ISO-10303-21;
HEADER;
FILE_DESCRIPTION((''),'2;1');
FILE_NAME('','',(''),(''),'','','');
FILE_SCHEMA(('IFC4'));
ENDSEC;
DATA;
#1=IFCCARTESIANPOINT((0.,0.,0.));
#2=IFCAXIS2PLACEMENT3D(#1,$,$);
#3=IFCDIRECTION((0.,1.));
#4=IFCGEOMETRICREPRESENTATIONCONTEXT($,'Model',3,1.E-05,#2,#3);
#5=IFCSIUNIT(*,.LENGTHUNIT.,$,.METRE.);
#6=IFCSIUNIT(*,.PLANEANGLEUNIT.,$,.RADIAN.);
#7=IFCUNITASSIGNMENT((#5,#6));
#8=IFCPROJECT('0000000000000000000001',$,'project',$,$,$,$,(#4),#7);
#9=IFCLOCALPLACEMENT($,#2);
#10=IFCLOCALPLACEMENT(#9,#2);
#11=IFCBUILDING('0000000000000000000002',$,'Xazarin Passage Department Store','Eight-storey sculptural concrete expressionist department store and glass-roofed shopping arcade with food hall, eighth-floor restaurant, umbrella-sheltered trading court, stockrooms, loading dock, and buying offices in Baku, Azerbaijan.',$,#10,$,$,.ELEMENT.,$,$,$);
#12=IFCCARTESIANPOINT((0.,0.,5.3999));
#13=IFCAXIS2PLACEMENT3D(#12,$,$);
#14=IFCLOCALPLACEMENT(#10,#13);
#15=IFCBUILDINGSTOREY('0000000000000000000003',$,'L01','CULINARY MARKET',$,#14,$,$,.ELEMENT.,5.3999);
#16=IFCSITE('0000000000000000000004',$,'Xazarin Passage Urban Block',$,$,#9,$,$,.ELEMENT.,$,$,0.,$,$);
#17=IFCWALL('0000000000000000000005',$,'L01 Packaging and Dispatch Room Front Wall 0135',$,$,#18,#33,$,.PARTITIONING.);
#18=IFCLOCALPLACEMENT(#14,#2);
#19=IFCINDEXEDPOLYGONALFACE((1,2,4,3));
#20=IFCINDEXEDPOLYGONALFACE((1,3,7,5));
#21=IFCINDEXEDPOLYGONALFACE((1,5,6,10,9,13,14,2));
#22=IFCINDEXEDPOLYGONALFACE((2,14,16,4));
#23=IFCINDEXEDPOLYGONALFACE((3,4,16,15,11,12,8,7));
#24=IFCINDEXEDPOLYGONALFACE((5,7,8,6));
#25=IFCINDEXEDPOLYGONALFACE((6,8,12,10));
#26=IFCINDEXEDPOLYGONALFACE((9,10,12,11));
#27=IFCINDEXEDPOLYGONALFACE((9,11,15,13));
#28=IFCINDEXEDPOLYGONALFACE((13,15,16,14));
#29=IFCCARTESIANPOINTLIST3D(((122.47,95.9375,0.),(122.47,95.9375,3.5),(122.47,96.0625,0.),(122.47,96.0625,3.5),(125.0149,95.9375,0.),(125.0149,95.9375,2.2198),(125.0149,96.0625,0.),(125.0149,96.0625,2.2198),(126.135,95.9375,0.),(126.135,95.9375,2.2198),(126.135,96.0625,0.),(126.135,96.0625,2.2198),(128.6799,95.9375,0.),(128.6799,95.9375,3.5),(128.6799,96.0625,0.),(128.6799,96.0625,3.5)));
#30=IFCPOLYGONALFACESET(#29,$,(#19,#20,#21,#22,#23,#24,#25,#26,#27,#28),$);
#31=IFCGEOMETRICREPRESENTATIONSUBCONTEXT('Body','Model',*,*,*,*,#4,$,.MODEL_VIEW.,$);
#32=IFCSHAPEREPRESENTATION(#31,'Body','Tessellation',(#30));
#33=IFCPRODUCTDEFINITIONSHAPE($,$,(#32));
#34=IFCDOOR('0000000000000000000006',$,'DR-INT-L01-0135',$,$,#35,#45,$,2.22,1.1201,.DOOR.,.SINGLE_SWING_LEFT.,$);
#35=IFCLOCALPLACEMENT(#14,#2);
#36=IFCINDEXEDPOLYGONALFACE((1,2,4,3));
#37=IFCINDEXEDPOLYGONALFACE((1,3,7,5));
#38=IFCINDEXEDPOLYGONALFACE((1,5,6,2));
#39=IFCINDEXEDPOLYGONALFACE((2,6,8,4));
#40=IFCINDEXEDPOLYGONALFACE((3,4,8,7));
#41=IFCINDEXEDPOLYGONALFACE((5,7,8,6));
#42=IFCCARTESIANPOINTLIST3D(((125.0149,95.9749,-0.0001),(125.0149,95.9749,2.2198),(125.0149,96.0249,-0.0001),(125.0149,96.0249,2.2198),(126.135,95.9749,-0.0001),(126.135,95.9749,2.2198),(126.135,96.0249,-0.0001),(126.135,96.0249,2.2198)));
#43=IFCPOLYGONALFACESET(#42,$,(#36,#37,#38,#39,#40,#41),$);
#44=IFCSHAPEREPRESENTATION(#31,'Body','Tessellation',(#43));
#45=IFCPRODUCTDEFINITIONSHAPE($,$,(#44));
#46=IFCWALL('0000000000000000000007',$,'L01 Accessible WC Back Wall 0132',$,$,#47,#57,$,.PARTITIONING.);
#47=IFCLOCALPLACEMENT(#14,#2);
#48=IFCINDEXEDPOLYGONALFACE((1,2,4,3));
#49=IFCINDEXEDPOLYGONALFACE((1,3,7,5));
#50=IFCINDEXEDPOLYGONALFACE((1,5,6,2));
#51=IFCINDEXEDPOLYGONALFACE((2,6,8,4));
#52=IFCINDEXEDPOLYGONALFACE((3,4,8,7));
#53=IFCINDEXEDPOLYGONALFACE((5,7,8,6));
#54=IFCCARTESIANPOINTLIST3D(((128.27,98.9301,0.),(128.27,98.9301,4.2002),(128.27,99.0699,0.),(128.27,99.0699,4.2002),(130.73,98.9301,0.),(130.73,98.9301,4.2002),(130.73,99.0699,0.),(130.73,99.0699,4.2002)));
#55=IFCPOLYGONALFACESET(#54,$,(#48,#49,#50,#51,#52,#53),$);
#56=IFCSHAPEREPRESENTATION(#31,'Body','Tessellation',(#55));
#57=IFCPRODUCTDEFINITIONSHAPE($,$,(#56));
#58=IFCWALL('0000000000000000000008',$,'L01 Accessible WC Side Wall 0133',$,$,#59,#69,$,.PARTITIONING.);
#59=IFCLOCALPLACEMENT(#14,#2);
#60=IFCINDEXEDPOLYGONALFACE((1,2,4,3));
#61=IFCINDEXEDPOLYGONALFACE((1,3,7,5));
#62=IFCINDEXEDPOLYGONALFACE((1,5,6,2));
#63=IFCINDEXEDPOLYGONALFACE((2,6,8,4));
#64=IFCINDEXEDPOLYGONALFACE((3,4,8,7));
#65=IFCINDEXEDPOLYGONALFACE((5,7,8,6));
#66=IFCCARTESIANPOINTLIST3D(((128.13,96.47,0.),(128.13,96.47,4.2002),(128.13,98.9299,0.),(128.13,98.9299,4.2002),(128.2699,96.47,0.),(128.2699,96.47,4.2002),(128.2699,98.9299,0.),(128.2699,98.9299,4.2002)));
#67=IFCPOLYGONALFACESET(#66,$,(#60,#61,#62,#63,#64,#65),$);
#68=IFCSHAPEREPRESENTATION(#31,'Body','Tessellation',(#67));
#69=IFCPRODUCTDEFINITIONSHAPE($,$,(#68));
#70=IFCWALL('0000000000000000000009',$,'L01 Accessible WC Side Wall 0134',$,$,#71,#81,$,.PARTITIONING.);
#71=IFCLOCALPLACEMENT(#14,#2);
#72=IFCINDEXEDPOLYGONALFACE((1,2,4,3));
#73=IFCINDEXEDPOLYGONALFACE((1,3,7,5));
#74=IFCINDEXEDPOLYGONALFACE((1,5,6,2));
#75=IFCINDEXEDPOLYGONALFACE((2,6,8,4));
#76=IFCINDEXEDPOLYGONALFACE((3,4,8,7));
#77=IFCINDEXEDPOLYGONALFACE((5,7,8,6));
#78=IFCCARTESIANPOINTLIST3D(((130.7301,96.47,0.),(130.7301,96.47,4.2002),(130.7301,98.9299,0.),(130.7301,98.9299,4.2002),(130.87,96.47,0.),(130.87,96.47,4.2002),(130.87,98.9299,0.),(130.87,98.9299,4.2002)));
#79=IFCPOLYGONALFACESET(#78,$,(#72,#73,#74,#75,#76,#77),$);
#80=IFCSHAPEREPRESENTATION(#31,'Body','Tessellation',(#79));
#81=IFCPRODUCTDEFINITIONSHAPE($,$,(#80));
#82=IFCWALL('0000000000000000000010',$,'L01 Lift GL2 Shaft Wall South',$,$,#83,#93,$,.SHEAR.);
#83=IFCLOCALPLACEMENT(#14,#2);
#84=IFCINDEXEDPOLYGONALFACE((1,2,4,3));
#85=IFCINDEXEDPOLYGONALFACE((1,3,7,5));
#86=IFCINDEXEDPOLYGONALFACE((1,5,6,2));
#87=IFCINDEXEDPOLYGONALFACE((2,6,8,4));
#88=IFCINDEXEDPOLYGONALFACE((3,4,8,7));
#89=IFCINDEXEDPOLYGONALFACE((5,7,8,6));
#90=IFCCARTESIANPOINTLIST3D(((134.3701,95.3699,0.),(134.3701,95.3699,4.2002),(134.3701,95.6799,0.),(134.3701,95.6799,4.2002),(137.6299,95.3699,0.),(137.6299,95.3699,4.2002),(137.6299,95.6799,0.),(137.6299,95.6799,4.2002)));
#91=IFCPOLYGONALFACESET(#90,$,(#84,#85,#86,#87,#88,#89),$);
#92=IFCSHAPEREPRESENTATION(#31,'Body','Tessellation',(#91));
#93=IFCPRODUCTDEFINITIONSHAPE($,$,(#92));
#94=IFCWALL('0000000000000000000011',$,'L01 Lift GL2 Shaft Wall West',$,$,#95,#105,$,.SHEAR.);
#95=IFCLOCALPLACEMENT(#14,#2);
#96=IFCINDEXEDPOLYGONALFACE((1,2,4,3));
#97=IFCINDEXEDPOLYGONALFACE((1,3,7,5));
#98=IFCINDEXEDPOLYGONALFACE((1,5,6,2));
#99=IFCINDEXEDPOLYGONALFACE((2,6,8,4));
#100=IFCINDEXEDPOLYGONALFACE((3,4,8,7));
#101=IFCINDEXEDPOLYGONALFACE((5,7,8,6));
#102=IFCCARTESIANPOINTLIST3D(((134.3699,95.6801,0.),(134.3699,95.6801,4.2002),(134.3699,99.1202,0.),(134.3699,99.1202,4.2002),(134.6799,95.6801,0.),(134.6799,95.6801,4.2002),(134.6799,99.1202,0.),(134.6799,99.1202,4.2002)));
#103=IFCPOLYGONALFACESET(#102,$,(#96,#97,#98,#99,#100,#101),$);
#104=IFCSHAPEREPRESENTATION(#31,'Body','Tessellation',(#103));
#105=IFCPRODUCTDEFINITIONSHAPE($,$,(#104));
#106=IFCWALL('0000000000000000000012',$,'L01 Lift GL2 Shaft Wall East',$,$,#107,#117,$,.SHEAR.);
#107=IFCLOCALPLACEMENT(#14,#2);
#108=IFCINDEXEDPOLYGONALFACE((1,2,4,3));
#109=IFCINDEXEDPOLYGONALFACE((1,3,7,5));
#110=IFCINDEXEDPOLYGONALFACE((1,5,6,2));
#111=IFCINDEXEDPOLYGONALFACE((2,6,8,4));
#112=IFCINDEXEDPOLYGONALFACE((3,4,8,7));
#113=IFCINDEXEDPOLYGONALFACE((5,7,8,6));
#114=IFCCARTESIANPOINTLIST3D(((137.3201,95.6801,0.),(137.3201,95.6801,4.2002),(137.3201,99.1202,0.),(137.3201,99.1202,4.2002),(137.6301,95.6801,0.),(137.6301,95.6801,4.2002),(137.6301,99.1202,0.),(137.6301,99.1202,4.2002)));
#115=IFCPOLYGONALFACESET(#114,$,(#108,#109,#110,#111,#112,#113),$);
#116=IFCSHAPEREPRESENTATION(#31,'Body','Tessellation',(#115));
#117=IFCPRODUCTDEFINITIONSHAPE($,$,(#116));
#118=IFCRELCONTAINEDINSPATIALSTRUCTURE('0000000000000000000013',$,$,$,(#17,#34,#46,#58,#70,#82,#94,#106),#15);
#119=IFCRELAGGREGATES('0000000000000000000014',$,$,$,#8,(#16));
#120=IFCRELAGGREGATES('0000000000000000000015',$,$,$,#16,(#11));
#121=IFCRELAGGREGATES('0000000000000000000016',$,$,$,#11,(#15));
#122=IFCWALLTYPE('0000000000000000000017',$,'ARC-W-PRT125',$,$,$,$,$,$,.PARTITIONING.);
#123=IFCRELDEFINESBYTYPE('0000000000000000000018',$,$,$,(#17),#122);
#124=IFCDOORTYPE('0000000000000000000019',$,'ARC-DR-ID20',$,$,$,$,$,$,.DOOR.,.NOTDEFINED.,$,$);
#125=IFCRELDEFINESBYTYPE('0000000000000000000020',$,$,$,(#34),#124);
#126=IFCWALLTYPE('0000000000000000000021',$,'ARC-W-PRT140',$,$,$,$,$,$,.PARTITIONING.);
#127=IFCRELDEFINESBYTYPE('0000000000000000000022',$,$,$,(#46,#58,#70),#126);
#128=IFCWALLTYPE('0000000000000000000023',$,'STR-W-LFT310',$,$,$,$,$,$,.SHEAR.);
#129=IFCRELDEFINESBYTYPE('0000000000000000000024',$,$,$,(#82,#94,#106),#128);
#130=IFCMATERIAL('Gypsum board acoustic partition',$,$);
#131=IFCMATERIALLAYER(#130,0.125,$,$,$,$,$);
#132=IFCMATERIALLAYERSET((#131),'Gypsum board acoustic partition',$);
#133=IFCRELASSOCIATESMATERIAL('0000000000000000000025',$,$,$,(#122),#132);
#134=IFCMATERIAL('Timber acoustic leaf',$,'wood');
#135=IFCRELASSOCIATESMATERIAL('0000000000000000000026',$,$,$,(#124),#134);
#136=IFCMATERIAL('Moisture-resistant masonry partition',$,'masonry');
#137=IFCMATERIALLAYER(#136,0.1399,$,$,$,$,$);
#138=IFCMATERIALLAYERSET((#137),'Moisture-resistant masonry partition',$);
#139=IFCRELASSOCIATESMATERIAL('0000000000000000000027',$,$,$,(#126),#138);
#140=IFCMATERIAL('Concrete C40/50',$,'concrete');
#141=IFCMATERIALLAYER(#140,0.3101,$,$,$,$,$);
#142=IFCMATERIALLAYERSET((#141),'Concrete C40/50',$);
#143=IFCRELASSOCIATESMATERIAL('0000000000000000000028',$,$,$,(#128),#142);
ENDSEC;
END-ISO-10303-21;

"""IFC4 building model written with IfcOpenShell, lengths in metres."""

from ifc_helpers import new_model, si_unit, direction, frame, frame_2d, origin, place, context, subcontext, project, spatial, rectangle, extrude, material, layer, layer_set, type_object, element, fill, save


model = new_model("IFC4")

# Units and contexts
model_context = context("Model", 3, precision=1e-05, world=origin(), true_north=direction((0.0, 1.0)))
body_context = subcontext(model_context, "Body", "Model", "MODEL_VIEW")
ifc_project = project(units=[si_unit("LENGTHUNIT", "METRE"), si_unit("PLANEANGLEUNIT", "RADIAN")], contexts=[model_context])

# Site, building, storey
site_placement = place(None, origin())
site = spatial("IfcSite", under=ifc_project, at=site_placement, Name="Xazarin Passage Urban Block", CompositionType="ELEMENT", RefElevation=0.0)
building_placement = place(site_placement, origin())
building = spatial("IfcBuilding", under=site, at=building_placement, Name="Xazarin Passage Department Store", Description="Eight-storey sculptural concrete expressionist department store and glass-roofed shopping arcade with food hall, eighth-floor restaurant, umbrella-sheltered trading court, stockrooms, loading dock, and buying offices in Baku, Azerbaijan.", CompositionType="ELEMENT")
storey_placement = place(building_placement, frame((0.0, 0.0, 5.3999)))
storey = spatial("IfcBuildingStorey", under=building, at=storey_placement, Name="L01", Description="CULINARY MARKET", CompositionType="ELEMENT", Elevation=5.3999)

# Shared definitions
ifc_material_1 = material(Name="Concrete C40/50", Category="concrete")

# Shared definitions
ifc_material_2 = material(Name="Gypsum board acoustic partition")
ifc_material_3 = material(Name="Timber acoustic leaf", Category="wood")

# Wall, opening, door
ifc_layer_1 = layer(ifc_material_2, 0.125)
ifc_layer_set_1 = layer_set([ifc_layer_1], Name="Gypsum board acoustic partition")
wall_type_1 = type_object("IfcWallType", Name="ARC-W-PRT125", PredefinedType="PARTITIONING", material=ifc_layer_set_1)
wall_1_placement = place(storey_placement, frame((122.47, 96.0, 0.0), z_axis=(0.0, 0.0, 1.0), x_axis=(1.0, 0.0, 0.0)))
wall_1 = element("IfcWall", 1, at=wall_1_placement, inside=storey, type_object=wall_type_1, Name="L01 Packaging and Dispatch Room Front Wall 0135", PredefinedType="PARTITIONING", context=body_context, shape_type="SweptSolid", body=[
    extrude(rectangle(XDim=6.21, YDim=0.125, at=frame_2d((3.105, 0.0))), origin(), (0.0, 0.0, 1.0), 3.5),
])
opening_1_placement = place(wall_1_placement, frame((2.5449, 0.0, 0.0)))
opening_1 = element("IfcOpeningElement", 2, at=opening_1_placement, cuts=wall_1, PredefinedType="OPENING", context=body_context, shape_type="SweptSolid", body=[
    extrude(rectangle(XDim=1.1201, YDim=2.22, at=frame_2d((0.5601, 1.1099))), frame((0.0, 0.0725, 0.0), z_axis=(0.0, -1.0, 0.0), x_axis=(1.0, 0.0, 0.0)), (0.0, 0.0, 1.0), 0.145),
])
door_type_1 = type_object("IfcDoorType", Name="ARC-DR-ID20", OperationType="NOTDEFINED", PredefinedType="DOOR", material=ifc_material_3)
door_1_placement = place(opening_1_placement, origin())
door_1 = element("IfcDoor", 3, at=door_1_placement, inside=storey, type_object=door_type_1, Name="DR-INT-L01-0135", OperationType="SINGLE_SWING_LEFT", OverallHeight=2.22, OverallWidth=1.1201, PredefinedType="DOOR", context=body_context, shape_type="SweptSolid", body=[
    extrude(rectangle(XDim=1.1201, YDim=2.22, at=frame_2d((0.5601, 1.1099))), frame((0.0, 0.0249, 0.0), z_axis=(0.0, -1.0, 0.0), x_axis=(1.0, 0.0, 0.0)), (0.0, 0.0, 1.0), 0.05),
])
fill(opening_1, door_1)
ifc_material_4 = material(Name="Moisture-resistant masonry partition", Category="masonry")
ifc_layer_2 = layer(ifc_material_4, 0.1399)
ifc_layer_set_2 = layer_set([ifc_layer_2], Name="Moisture-resistant masonry partition")
wall_type_2 = type_object("IfcWallType", Name="ARC-W-PRT140", PredefinedType="PARTITIONING", material=ifc_layer_set_2)

# Walls
for number, where, z_axis, x_axis, name in (
    (4, (128.27, 99.0, 0.0), (0.0, 0.0, 1.0), (1.0, 0.0, 0.0), "L01 Accessible WC Back Wall 0132"),
    (5, (128.2, 96.47, 0.0), (0.0, 0.0, 1.0), (0.0, 1.0, 0.0), "L01 Accessible WC Side Wall 0133"),
    (6, (130.8, 96.47, 0.0), (0.0, 0.0, 1.0), (0.0, 1.0, 0.0), "L01 Accessible WC Side Wall 0134"),
):
    element("IfcWall", number, at=place(storey_placement, frame(where, z_axis=z_axis, x_axis=x_axis)), inside=storey, type_object=wall_type_2, Name=name, PredefinedType="PARTITIONING", context=body_context, shape_type="SweptSolid", body=[
        extrude(rectangle(XDim=2.46, YDim=0.1399, at=frame_2d((1.23, 0.0))), origin(), (0.0, 0.0, 1.0), 4.2002),
    ])
ifc_layer_3 = layer(ifc_material_1, 0.3101)
ifc_layer_set_3 = layer_set([ifc_layer_3], Name="Concrete C40/50")
wall_type_3 = type_object("IfcWallType", Name="STR-W-LFT310", PredefinedType="SHEAR", material=ifc_layer_set_3)
wall_2_placement = place(storey_placement, frame((134.3701, 95.5249, 0.0), z_axis=(0.0, 0.0, 1.0), x_axis=(1.0, 0.0, 0.0)))
element("IfcWall", 7, at=wall_2_placement, inside=storey, type_object=wall_type_3, Name="L01 Lift GL2 Shaft Wall South", PredefinedType="SHEAR", context=body_context, shape_type="SweptSolid", body=[
    extrude(rectangle(XDim=3.2598, YDim=0.3101, at=frame_2d((1.6299, 0.0))), origin(), (0.0, 0.0, 1.0), 4.2002),
])
for number, where, z_axis, x_axis, name in (
    (8, (134.5249, 95.6799, 0.0), (0.0, 0.0, 1.0), (0.0, 1.0, 0.0), "L01 Lift GL2 Shaft Wall West"),
    (9, (137.4751, 95.6799, 0.0), (0.0, 0.0, 1.0), (0.0, 1.0, 0.0), "L01 Lift GL2 Shaft Wall East"),
):
    element("IfcWall", number, at=place(storey_placement, frame(where, z_axis=z_axis, x_axis=x_axis)), inside=storey, type_object=wall_type_3, Name=name, PredefinedType="SHEAR", context=body_context, shape_type="SweptSolid", body=[
        extrude(rectangle(XDim=3.4402, YDim=0.3101, at=frame_2d((1.7202, 0.0))), origin(), (0.0, 0.0, 1.0), 4.2002),
    ])

save(model, "model.ifc")
